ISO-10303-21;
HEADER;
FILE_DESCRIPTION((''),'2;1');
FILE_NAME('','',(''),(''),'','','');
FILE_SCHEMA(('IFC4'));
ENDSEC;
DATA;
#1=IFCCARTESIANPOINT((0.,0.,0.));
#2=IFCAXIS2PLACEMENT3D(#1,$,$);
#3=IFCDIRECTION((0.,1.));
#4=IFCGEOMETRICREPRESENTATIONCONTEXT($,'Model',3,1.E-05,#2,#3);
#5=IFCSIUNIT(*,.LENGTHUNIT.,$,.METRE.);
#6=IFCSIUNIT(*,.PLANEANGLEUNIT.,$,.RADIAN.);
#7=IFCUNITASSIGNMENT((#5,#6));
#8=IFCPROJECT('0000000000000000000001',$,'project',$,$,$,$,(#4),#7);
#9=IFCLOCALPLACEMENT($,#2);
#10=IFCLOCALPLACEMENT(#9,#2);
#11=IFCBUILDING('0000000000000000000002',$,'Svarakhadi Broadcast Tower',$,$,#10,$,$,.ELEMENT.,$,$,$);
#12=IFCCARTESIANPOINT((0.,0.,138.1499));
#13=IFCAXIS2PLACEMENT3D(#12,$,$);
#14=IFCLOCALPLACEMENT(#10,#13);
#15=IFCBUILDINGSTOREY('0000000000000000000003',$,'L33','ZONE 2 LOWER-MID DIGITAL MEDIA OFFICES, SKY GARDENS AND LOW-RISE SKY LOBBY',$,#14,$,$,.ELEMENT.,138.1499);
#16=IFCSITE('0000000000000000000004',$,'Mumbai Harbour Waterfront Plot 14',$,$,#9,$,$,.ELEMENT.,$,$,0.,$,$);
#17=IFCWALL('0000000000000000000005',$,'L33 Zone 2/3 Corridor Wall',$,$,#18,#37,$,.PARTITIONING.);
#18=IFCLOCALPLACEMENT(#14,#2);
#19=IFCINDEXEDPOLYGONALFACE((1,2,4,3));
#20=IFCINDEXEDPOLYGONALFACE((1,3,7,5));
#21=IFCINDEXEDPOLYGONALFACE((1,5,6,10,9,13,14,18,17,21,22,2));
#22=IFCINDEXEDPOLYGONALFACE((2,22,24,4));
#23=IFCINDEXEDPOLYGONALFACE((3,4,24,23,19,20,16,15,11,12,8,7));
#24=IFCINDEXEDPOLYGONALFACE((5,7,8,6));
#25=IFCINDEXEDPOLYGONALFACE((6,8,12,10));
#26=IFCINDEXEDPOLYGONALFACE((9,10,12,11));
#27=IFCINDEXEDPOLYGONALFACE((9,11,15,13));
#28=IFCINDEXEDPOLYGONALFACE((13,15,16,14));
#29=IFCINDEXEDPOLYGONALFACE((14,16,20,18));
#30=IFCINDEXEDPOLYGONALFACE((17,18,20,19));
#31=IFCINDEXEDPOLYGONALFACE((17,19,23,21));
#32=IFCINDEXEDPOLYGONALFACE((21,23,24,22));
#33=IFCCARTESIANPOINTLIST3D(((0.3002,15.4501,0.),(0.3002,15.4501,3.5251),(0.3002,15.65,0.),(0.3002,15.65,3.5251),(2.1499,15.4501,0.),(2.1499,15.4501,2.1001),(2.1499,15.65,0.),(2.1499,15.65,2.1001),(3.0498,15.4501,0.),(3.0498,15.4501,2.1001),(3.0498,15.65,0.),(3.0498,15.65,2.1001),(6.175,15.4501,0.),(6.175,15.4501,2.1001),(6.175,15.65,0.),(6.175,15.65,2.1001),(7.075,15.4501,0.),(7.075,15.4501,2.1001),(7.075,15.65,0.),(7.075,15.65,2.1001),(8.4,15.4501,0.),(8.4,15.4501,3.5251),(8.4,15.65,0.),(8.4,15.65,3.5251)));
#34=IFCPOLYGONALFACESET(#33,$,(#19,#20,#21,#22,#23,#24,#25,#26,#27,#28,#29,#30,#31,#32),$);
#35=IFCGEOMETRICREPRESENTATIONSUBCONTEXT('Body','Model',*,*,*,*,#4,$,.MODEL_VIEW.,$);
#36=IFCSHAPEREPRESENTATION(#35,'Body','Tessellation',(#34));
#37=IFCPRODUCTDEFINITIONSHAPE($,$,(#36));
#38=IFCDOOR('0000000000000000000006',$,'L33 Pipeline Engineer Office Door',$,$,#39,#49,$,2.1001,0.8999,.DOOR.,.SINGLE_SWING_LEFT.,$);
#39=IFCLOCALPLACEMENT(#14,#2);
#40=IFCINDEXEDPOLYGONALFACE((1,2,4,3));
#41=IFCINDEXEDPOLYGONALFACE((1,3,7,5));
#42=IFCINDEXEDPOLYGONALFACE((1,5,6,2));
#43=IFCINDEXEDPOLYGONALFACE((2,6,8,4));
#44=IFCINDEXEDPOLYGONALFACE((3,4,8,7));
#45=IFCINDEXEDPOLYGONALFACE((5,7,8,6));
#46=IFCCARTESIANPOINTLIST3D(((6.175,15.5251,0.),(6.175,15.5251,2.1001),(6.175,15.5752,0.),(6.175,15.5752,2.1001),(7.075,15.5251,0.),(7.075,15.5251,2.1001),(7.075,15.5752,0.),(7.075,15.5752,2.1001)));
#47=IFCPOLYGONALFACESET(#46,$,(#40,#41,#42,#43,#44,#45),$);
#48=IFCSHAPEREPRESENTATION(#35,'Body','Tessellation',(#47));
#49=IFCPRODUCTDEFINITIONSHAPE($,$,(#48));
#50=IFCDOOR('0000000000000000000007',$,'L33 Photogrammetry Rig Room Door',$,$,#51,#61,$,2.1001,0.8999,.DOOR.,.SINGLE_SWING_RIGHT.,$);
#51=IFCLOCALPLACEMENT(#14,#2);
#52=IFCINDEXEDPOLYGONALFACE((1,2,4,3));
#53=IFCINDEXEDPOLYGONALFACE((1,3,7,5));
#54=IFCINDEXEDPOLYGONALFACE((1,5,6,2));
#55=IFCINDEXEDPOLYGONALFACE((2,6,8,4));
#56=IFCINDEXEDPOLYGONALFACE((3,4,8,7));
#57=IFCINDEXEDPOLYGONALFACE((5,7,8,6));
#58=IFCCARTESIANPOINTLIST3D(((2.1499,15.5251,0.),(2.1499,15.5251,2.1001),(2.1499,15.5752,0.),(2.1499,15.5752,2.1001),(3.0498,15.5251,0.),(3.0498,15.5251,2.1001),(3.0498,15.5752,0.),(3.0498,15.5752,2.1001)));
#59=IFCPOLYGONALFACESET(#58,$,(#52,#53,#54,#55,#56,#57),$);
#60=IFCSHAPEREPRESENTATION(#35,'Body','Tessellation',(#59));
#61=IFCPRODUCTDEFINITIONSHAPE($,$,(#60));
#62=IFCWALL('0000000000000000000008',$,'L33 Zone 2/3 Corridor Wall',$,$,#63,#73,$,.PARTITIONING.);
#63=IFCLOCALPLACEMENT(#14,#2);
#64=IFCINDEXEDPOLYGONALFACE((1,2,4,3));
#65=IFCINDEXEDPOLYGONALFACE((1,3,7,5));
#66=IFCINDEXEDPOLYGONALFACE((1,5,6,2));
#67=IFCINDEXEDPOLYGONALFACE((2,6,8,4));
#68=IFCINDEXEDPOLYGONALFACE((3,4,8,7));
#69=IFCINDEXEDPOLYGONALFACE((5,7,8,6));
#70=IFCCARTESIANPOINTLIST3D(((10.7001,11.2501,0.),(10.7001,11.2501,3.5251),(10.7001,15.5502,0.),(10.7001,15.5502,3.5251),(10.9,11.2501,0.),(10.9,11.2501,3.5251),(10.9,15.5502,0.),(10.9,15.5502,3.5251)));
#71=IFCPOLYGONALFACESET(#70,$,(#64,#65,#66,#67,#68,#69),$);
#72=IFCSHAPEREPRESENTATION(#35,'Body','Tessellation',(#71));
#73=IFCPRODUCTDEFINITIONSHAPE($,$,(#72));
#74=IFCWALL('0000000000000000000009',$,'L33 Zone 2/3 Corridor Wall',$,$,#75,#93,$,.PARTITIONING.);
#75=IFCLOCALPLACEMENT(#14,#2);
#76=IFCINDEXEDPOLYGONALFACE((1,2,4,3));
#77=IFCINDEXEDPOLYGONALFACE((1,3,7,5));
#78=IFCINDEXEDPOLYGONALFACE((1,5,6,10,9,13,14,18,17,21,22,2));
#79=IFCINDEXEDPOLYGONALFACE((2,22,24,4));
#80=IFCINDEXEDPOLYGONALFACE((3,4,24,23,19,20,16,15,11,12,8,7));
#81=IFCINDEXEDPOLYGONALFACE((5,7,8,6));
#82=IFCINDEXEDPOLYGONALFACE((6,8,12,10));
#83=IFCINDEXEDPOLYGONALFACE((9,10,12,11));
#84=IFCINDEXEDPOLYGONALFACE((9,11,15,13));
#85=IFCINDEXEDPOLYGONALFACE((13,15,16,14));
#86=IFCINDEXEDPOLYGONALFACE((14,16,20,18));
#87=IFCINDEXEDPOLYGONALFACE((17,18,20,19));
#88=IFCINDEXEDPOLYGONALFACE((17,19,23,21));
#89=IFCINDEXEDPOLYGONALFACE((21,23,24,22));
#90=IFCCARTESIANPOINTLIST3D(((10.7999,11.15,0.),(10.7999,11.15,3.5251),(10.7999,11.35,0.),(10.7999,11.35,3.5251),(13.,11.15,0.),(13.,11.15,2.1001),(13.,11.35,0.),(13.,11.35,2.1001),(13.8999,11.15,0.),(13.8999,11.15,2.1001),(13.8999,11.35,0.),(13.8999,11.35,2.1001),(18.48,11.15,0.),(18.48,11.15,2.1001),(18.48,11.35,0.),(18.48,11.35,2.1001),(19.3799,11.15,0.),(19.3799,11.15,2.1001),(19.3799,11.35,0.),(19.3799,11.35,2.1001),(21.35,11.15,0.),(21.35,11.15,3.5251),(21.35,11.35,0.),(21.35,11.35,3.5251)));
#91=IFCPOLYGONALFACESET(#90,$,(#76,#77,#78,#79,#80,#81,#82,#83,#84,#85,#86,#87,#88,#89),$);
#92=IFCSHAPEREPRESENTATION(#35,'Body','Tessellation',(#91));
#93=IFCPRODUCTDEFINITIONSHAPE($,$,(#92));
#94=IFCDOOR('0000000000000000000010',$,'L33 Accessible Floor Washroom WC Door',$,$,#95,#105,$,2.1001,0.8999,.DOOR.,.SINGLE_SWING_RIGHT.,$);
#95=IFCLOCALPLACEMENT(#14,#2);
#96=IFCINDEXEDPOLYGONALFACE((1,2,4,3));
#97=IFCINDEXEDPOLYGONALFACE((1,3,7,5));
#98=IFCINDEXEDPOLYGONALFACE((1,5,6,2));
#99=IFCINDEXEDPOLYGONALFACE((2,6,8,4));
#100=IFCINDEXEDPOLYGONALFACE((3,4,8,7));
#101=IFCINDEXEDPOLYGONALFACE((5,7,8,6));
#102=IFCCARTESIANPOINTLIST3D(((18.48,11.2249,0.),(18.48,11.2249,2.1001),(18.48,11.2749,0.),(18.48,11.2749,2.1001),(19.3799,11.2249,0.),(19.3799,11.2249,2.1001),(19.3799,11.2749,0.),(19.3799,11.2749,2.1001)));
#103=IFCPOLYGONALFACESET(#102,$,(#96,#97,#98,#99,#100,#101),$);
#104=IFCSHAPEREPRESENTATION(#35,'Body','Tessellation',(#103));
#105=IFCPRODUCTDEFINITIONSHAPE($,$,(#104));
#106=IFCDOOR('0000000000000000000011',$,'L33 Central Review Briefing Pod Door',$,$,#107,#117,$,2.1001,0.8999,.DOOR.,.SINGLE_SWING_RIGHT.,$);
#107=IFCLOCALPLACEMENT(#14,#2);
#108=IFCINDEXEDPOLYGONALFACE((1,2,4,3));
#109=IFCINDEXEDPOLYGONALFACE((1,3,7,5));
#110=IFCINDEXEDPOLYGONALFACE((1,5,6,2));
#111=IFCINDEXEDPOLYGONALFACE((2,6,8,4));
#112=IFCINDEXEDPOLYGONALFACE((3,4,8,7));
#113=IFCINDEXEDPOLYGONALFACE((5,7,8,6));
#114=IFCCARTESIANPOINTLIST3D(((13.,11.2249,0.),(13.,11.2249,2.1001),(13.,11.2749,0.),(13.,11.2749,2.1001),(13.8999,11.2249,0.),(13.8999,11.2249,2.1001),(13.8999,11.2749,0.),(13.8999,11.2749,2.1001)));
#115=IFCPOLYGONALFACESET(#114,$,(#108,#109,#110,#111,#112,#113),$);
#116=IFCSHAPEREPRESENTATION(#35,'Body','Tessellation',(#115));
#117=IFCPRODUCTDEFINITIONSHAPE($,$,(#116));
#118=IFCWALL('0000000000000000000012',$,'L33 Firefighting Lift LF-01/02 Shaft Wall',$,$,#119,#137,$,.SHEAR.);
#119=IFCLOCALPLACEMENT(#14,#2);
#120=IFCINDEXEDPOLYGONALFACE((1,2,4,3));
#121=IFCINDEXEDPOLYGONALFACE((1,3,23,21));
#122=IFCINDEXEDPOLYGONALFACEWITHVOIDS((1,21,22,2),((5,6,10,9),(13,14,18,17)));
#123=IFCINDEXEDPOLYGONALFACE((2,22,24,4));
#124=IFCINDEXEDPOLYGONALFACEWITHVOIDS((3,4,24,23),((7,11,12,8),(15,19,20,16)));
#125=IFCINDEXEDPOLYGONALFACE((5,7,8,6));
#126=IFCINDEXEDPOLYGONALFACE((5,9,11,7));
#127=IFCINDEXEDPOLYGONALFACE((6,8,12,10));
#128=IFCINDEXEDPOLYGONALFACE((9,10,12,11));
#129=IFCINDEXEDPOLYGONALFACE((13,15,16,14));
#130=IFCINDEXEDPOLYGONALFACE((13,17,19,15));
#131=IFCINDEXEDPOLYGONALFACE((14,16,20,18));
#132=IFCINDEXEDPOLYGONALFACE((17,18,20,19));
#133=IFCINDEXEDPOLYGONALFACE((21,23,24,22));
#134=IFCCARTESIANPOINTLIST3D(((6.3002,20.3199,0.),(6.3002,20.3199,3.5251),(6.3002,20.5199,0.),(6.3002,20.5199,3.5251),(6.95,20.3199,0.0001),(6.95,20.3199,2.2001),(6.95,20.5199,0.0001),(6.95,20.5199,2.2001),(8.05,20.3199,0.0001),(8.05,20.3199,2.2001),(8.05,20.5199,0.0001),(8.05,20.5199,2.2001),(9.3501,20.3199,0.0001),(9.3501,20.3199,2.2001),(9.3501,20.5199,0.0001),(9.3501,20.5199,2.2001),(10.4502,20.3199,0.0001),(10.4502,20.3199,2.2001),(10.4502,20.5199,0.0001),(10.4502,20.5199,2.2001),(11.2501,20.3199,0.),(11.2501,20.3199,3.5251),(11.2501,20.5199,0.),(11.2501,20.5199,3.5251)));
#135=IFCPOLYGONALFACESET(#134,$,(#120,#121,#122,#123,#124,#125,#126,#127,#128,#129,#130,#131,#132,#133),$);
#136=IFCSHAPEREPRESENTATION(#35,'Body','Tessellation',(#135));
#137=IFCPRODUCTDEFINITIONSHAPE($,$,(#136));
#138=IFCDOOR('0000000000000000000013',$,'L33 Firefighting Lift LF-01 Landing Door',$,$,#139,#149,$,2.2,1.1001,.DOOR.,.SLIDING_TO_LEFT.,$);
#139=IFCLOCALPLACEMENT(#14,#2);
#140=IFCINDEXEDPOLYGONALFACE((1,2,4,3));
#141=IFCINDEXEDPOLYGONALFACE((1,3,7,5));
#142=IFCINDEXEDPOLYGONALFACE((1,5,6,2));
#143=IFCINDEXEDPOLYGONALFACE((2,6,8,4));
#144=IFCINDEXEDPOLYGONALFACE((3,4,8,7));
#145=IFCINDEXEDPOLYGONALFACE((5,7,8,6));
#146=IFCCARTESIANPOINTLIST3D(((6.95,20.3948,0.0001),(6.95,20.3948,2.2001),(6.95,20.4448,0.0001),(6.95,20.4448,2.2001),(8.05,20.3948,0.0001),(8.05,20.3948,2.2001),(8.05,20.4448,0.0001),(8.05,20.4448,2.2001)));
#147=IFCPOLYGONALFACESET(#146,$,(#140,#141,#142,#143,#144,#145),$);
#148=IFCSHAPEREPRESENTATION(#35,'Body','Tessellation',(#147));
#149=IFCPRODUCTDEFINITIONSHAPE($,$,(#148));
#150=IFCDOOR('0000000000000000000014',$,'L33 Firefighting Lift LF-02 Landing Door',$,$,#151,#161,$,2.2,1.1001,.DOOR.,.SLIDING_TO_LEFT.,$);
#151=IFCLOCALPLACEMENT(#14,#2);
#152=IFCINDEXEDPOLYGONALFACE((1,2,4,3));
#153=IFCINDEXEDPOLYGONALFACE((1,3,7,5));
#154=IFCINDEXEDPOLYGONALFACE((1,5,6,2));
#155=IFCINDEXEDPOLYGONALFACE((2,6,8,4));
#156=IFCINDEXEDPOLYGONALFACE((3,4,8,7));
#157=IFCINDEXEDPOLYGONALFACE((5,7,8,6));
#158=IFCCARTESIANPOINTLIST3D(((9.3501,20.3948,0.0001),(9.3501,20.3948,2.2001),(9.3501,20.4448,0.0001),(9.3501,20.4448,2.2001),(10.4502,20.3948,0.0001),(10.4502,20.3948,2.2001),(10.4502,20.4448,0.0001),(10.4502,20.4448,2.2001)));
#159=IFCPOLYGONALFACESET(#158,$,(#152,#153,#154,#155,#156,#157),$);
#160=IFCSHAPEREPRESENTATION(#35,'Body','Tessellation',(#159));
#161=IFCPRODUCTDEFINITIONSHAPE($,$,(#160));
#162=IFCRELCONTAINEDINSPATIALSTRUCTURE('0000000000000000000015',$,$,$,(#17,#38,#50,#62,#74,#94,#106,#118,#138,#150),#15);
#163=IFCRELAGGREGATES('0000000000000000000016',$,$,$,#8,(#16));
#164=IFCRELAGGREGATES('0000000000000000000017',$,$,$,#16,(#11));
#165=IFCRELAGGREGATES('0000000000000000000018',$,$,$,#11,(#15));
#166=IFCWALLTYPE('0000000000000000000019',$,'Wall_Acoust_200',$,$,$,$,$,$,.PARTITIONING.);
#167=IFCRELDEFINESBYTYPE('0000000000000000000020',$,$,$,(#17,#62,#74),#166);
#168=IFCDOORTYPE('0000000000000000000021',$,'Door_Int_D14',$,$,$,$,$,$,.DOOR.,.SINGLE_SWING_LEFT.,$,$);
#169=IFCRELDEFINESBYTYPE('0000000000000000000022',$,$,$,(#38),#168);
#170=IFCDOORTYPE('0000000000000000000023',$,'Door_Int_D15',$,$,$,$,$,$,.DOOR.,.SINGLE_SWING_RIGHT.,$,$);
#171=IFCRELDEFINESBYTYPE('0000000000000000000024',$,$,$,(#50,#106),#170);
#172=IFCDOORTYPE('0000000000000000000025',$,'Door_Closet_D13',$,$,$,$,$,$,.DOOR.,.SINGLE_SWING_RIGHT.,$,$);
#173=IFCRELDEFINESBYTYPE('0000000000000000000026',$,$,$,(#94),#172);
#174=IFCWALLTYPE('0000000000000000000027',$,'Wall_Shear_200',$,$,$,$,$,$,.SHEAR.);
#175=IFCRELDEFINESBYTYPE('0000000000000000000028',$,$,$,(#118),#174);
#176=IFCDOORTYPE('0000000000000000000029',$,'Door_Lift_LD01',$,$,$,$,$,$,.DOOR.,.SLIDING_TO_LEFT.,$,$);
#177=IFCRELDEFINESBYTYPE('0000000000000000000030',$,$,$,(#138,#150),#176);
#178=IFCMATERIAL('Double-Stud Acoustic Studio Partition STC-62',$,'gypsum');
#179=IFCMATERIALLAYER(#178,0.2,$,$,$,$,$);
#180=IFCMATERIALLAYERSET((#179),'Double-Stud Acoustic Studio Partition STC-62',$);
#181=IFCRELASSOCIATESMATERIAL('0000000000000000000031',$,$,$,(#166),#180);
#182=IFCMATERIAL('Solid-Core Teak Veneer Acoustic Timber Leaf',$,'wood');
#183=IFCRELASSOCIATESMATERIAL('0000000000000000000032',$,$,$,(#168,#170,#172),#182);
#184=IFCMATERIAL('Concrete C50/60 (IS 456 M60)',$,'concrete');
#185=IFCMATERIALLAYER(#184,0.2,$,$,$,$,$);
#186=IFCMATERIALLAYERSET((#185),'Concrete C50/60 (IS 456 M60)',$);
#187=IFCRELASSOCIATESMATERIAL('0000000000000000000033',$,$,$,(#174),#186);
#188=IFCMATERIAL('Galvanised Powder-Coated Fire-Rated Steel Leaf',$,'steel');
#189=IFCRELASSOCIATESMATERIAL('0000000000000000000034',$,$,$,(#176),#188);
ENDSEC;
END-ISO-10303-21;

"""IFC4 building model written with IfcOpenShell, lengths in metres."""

from ifc_helpers import new_model, si_unit, direction, frame, frame_2d, origin, place, context, subcontext, project, spatial, rectangle, extrude, material, layer, layer_set, type_object, element, fill, save


model = new_model("IFC4")

# Units and contexts
model_context = context("Model", 3, precision=1e-05, world=origin(), true_north=direction((0.0, 1.0)))
body_context = subcontext(model_context, "Body", "Model", "MODEL_VIEW")
ifc_project = project(units=[si_unit("LENGTHUNIT", "METRE"), si_unit("PLANEANGLEUNIT", "RADIAN")], contexts=[model_context])

# Site, building, storey
site_placement = place(None, origin())
site = spatial("IfcSite", under=ifc_project, at=site_placement, Name="Mumbai Harbour Waterfront Plot 14", CompositionType="ELEMENT", RefElevation=0.0)
building_placement = place(site_placement, origin())
building = spatial("IfcBuilding", under=site, at=building_placement, Name="Svarakhadi Broadcast Tower", CompositionType="ELEMENT")
storey_placement = place(building_placement, frame((0.0, 0.0, 138.1499)))
storey = spatial("IfcBuildingStorey", under=building, at=storey_placement, Name="L33", Description="ZONE 2 LOWER-MID DIGITAL MEDIA OFFICES, SKY GARDENS AND LOW-RISE SKY LOBBY", CompositionType="ELEMENT", Elevation=138.1499)

# Shared definitions
ifc_material_1 = material(Name="Concrete C50/60 (IS 456 M60)", Category="concrete")

# Shared definitions
ifc_material_2 = material(Name="Double-Stud Acoustic Studio Partition STC-62", Category="gypsum")
ifc_layer_1 = layer(ifc_material_2, 0.2)
ifc_layer_set_1 = layer_set([ifc_layer_1], Name="Double-Stud Acoustic Studio Partition STC-62")
wall_type_1 = type_object("IfcWallType", Name="Wall_Acoust_200", PredefinedType="PARTITIONING", material=ifc_layer_set_1)

# Wall, openings, doors
wall_1_placement = place(storey_placement, frame((8.3999, 15.55, 0.0), z_axis=(0.0, 0.0, 1.0), x_axis=(-1.0, 0.0, 0.0)))
wall_1 = element("IfcWall", 1, at=wall_1_placement, inside=storey, type_object=wall_type_1, Name="L33 Zone 2/3 Corridor Wall", PredefinedType="PARTITIONING", context=body_context, shape_type="SweptSolid", body=[
    extrude(rectangle(XDim=8.0999, YDim=0.2, at=frame_2d((4.0498, 0.0))), origin(), (0.0, 0.0, 1.0), 3.5251),
])
opening_1_placement = place(wall_1_placement, frame((5.3501, 0.0, 0.0)))
opening_1 = element("IfcOpeningElement", 2, at=opening_1_placement, cuts=wall_1, PredefinedType="OPENING", context=body_context, shape_type="SweptSolid", body=[
    extrude(rectangle(XDim=0.8999, YDim=2.1001, at=frame_2d((0.45, 1.05))), frame((0.0, 0.1099, 0.0), z_axis=(0.0, -1.0, 0.0), x_axis=(1.0, 0.0, 0.0)), (0.0, 0.0, 1.0), 0.22),
])
opening_2_placement = place(wall_1_placement, frame((1.325, 0.0, 0.0)))
opening_2 = element("IfcOpeningElement", 3, at=opening_2_placement, cuts=wall_1, PredefinedType="OPENING", context=body_context, shape_type="SweptSolid", body=[
    extrude(rectangle(XDim=0.8999, YDim=2.1001, at=frame_2d((0.45, 1.05))), frame((0.0, 0.1099, 0.0), z_axis=(0.0, -1.0, 0.0), x_axis=(1.0, 0.0, 0.0)), (0.0, 0.0, 1.0), 0.22),
])
ifc_material_3 = material(Name="Solid-Core Teak Veneer Acoustic Timber Leaf", Category="wood")
door_type_1 = type_object("IfcDoorType", Name="Door_Int_D14", OperationType="SINGLE_SWING_LEFT", PredefinedType="DOOR", material=ifc_material_3)
door_1_placement = place(opening_2_placement, origin())
door_1 = element("IfcDoor", 4, at=door_1_placement, inside=storey, type_object=door_type_1, Name="L33 Pipeline Engineer Office Door", OperationType="SINGLE_SWING_LEFT", OverallHeight=2.1001, OverallWidth=0.8999, PredefinedType="DOOR", context=body_context, shape_type="SweptSolid", body=[
    extrude(rectangle(XDim=0.8999, YDim=2.1001, at=frame_2d((0.45, 1.05))), frame((0.0, 0.0249, 0.0), z_axis=(0.0, -1.0, 0.0), x_axis=(1.0, 0.0, 0.0)), (0.0, 0.0, 1.0), 0.05),
])
fill(opening_2, door_1)
door_type_2 = type_object("IfcDoorType", Name="Door_Int_D15", OperationType="SINGLE_SWING_RIGHT", PredefinedType="DOOR", material=ifc_material_3)
door_2_placement = place(opening_1_placement, origin())
door_2 = element("IfcDoor", 5, at=door_2_placement, inside=storey, type_object=door_type_2, Name="L33 Photogrammetry Rig Room Door", OperationType="SINGLE_SWING_RIGHT", OverallHeight=2.1001, OverallWidth=0.8999, PredefinedType="DOOR", context=body_context, shape_type="SweptSolid", body=[
    extrude(rectangle(XDim=0.8999, YDim=2.1001, at=frame_2d((0.45, 1.05))), frame((0.0, 0.0249, 0.0), z_axis=(0.0, -1.0, 0.0), x_axis=(1.0, 0.0, 0.0)), (0.0, 0.0, 1.0), 0.05),
])
fill(opening_1, door_2)

# Wall
wall_2_placement = place(storey_placement, frame((10.8, 15.55, 0.0), z_axis=(0.0, 0.0, 1.0), x_axis=(0.0, -1.0, 0.0)))
element("IfcWall", 6, at=wall_2_placement, inside=storey, type_object=wall_type_1, Name="L33 Zone 2/3 Corridor Wall", PredefinedType="PARTITIONING", context=body_context, shape_type="SweptSolid", body=[
    extrude(rectangle(XDim=4.3, YDim=0.2, at=frame_2d((2.1499, 0.0))), origin(), (0.0, 0.0, 1.0), 3.5251),
])

# Walls, openings, doors
wall_3_placement = place(storey_placement, frame((10.8, 11.25, 0.0), z_axis=(0.0, 0.0, 1.0), x_axis=(1.0, 0.0, 0.0)))
wall_3 = element("IfcWall", 7, at=wall_3_placement, inside=storey, type_object=wall_type_1, Name="L33 Zone 2/3 Corridor Wall", PredefinedType="PARTITIONING", context=body_context, shape_type="SweptSolid", body=[
    extrude(rectangle(XDim=10.55, YDim=0.2, at=frame_2d((5.2749, 0.0))), origin(), (0.0, 0.0, 1.0), 3.5251),
])
opening_3_placement = place(wall_3_placement, frame((2.2, 0.0, 0.0)))
opening_3 = element("IfcOpeningElement", 8, at=opening_3_placement, cuts=wall_3, PredefinedType="OPENING", context=body_context, shape_type="SweptSolid", body=[
    extrude(rectangle(XDim=0.8999, YDim=2.1001, at=frame_2d((0.45, 1.05))), frame((0.0, 0.1099, 0.0), z_axis=(0.0, -1.0, 0.0), x_axis=(1.0, 0.0, 0.0)), (0.0, 0.0, 1.0), 0.22),
])
opening_4_placement = place(wall_3_placement, frame((7.6799, 0.0, 0.0)))
opening_4 = element("IfcOpeningElement", 9, at=opening_4_placement, cuts=wall_3, PredefinedType="OPENING", context=body_context, shape_type="SweptSolid", body=[
    extrude(rectangle(XDim=0.8999, YDim=2.1001, at=frame_2d((0.45, 1.05))), frame((0.0, 0.1099, 0.0), z_axis=(0.0, -1.0, 0.0), x_axis=(1.0, 0.0, 0.0)), (0.0, 0.0, 1.0), 0.22),
])
door_type_3 = type_object("IfcDoorType", Name="Door_Closet_D13", OperationType="SINGLE_SWING_RIGHT", PredefinedType="DOOR", material=ifc_material_3)
door_3_placement = place(opening_4_placement, origin())
door_3 = element("IfcDoor", 10, at=door_3_placement, inside=storey, type_object=door_type_3, Name="L33 Accessible Floor Washroom WC Door", OperationType="SINGLE_SWING_RIGHT", OverallHeight=2.1001, OverallWidth=0.8999, PredefinedType="DOOR", context=body_context, shape_type="SweptSolid", body=[
    extrude(rectangle(XDim=0.8999, YDim=2.1001, at=frame_2d((0.45, 1.05))), frame((0.0, 0.0249, 0.0), z_axis=(0.0, -1.0, 0.0), x_axis=(1.0, 0.0, 0.0)), (0.0, 0.0, 1.0), 0.05),
])
fill(opening_4, door_3)
door_4_placement = place(opening_3_placement, origin())
door_4 = element("IfcDoor", 11, at=door_4_placement, inside=storey, type_object=door_type_2, Name="L33 Central Review Briefing Pod Door", OperationType="SINGLE_SWING_RIGHT", OverallHeight=2.1001, OverallWidth=0.8999, PredefinedType="DOOR", context=body_context, shape_type="SweptSolid", body=[
    extrude(rectangle(XDim=0.8999, YDim=2.1001, at=frame_2d((0.45, 1.05))), frame((0.0, 0.0249, 0.0), z_axis=(0.0, -1.0, 0.0), x_axis=(1.0, 0.0, 0.0)), (0.0, 0.0, 1.0), 0.05),
])
fill(opening_3, door_4)
ifc_layer_2 = layer(ifc_material_1, 0.2)
ifc_layer_set_2 = layer_set([ifc_layer_2], Name="Concrete C50/60 (IS 456 M60)")
wall_type_2 = type_object("IfcWallType", Name="Wall_Shear_200", PredefinedType="SHEAR", material=ifc_layer_set_2)
wall_4_placement = place(storey_placement, frame((6.3, 20.4199, 0.0), z_axis=(0.0, 0.0, 1.0), x_axis=(1.0, 0.0, 0.0)))
wall_4 = element("IfcWall", 12, at=wall_4_placement, inside=storey, type_object=wall_type_2, Name="L33 Firefighting Lift LF-01/02 Shaft Wall", PredefinedType="SHEAR", context=body_context, shape_type="SweptSolid", body=[
    extrude(rectangle(XDim=4.95, YDim=0.2, at=frame_2d((2.4751, 0.0))), origin(), (0.0, 0.0, 1.0), 3.5251),
])
opening_5_placement = place(wall_4_placement, frame((0.6499, 0.0, 0.0)))
opening_5 = element("IfcOpeningElement", 13, at=opening_5_placement, cuts=wall_4, PredefinedType="OPENING", context=body_context, shape_type="SweptSolid", body=[
    extrude(rectangle(XDim=1.1001, YDim=2.2, at=frame_2d((0.55, 1.1001))), frame((0.0, 0.1099, 0.0), z_axis=(0.0, -1.0, 0.0), x_axis=(1.0, 0.0, 0.0)), (0.0, 0.0, 1.0), 0.22),
])
opening_6_placement = place(wall_4_placement, frame((3.05, 0.0, 0.0)))
opening_6 = element("IfcOpeningElement", 14, at=opening_6_placement, cuts=wall_4, PredefinedType="OPENING", context=body_context, shape_type="SweptSolid", body=[
    extrude(rectangle(XDim=1.1001, YDim=2.2, at=frame_2d((0.55, 1.1001))), frame((0.0, 0.1099, 0.0), z_axis=(0.0, -1.0, 0.0), x_axis=(1.0, 0.0, 0.0)), (0.0, 0.0, 1.0), 0.22),
])
ifc_material_4 = material(Name="Galvanised Powder-Coated Fire-Rated Steel Leaf", Category="steel")
door_type_4 = type_object("IfcDoorType", Name="Door_Lift_LD01", OperationType="SLIDING_TO_LEFT", PredefinedType="DOOR", material=ifc_material_4)
door_5_placement = place(opening_5_placement, origin())
door_5 = element("IfcDoor", 15, at=door_5_placement, inside=storey, type_object=door_type_4, Name="L33 Firefighting Lift LF-01 Landing Door", OperationType="SLIDING_TO_LEFT", OverallHeight=2.2, OverallWidth=1.1001, PredefinedType="DOOR", context=body_context, shape_type="SweptSolid", body=[
    extrude(rectangle(XDim=1.1001, YDim=2.2, at=frame_2d((0.55, 1.1001))), frame((0.0, 0.0249, 0.0), z_axis=(0.0, -1.0, 0.0), x_axis=(1.0, 0.0, 0.0)), (0.0, 0.0, 1.0), 0.05),
])
fill(opening_5, door_5)
door_6_placement = place(opening_6_placement, origin())
door_6 = element("IfcDoor", 16, at=door_6_placement, inside=storey, type_object=door_type_4, Name="L33 Firefighting Lift LF-02 Landing Door", OperationType="SLIDING_TO_LEFT", OverallHeight=2.2, OverallWidth=1.1001, PredefinedType="DOOR", context=body_context, shape_type="SweptSolid", body=[
    extrude(rectangle(XDim=1.1001, YDim=2.2, at=frame_2d((0.55, 1.1001))), frame((0.0, 0.0249, 0.0), z_axis=(0.0, -1.0, 0.0), x_axis=(1.0, 0.0, 0.0)), (0.0, 0.0, 1.0), 0.05),
])
fill(opening_6, door_6)

save(model, "model.ifc")
